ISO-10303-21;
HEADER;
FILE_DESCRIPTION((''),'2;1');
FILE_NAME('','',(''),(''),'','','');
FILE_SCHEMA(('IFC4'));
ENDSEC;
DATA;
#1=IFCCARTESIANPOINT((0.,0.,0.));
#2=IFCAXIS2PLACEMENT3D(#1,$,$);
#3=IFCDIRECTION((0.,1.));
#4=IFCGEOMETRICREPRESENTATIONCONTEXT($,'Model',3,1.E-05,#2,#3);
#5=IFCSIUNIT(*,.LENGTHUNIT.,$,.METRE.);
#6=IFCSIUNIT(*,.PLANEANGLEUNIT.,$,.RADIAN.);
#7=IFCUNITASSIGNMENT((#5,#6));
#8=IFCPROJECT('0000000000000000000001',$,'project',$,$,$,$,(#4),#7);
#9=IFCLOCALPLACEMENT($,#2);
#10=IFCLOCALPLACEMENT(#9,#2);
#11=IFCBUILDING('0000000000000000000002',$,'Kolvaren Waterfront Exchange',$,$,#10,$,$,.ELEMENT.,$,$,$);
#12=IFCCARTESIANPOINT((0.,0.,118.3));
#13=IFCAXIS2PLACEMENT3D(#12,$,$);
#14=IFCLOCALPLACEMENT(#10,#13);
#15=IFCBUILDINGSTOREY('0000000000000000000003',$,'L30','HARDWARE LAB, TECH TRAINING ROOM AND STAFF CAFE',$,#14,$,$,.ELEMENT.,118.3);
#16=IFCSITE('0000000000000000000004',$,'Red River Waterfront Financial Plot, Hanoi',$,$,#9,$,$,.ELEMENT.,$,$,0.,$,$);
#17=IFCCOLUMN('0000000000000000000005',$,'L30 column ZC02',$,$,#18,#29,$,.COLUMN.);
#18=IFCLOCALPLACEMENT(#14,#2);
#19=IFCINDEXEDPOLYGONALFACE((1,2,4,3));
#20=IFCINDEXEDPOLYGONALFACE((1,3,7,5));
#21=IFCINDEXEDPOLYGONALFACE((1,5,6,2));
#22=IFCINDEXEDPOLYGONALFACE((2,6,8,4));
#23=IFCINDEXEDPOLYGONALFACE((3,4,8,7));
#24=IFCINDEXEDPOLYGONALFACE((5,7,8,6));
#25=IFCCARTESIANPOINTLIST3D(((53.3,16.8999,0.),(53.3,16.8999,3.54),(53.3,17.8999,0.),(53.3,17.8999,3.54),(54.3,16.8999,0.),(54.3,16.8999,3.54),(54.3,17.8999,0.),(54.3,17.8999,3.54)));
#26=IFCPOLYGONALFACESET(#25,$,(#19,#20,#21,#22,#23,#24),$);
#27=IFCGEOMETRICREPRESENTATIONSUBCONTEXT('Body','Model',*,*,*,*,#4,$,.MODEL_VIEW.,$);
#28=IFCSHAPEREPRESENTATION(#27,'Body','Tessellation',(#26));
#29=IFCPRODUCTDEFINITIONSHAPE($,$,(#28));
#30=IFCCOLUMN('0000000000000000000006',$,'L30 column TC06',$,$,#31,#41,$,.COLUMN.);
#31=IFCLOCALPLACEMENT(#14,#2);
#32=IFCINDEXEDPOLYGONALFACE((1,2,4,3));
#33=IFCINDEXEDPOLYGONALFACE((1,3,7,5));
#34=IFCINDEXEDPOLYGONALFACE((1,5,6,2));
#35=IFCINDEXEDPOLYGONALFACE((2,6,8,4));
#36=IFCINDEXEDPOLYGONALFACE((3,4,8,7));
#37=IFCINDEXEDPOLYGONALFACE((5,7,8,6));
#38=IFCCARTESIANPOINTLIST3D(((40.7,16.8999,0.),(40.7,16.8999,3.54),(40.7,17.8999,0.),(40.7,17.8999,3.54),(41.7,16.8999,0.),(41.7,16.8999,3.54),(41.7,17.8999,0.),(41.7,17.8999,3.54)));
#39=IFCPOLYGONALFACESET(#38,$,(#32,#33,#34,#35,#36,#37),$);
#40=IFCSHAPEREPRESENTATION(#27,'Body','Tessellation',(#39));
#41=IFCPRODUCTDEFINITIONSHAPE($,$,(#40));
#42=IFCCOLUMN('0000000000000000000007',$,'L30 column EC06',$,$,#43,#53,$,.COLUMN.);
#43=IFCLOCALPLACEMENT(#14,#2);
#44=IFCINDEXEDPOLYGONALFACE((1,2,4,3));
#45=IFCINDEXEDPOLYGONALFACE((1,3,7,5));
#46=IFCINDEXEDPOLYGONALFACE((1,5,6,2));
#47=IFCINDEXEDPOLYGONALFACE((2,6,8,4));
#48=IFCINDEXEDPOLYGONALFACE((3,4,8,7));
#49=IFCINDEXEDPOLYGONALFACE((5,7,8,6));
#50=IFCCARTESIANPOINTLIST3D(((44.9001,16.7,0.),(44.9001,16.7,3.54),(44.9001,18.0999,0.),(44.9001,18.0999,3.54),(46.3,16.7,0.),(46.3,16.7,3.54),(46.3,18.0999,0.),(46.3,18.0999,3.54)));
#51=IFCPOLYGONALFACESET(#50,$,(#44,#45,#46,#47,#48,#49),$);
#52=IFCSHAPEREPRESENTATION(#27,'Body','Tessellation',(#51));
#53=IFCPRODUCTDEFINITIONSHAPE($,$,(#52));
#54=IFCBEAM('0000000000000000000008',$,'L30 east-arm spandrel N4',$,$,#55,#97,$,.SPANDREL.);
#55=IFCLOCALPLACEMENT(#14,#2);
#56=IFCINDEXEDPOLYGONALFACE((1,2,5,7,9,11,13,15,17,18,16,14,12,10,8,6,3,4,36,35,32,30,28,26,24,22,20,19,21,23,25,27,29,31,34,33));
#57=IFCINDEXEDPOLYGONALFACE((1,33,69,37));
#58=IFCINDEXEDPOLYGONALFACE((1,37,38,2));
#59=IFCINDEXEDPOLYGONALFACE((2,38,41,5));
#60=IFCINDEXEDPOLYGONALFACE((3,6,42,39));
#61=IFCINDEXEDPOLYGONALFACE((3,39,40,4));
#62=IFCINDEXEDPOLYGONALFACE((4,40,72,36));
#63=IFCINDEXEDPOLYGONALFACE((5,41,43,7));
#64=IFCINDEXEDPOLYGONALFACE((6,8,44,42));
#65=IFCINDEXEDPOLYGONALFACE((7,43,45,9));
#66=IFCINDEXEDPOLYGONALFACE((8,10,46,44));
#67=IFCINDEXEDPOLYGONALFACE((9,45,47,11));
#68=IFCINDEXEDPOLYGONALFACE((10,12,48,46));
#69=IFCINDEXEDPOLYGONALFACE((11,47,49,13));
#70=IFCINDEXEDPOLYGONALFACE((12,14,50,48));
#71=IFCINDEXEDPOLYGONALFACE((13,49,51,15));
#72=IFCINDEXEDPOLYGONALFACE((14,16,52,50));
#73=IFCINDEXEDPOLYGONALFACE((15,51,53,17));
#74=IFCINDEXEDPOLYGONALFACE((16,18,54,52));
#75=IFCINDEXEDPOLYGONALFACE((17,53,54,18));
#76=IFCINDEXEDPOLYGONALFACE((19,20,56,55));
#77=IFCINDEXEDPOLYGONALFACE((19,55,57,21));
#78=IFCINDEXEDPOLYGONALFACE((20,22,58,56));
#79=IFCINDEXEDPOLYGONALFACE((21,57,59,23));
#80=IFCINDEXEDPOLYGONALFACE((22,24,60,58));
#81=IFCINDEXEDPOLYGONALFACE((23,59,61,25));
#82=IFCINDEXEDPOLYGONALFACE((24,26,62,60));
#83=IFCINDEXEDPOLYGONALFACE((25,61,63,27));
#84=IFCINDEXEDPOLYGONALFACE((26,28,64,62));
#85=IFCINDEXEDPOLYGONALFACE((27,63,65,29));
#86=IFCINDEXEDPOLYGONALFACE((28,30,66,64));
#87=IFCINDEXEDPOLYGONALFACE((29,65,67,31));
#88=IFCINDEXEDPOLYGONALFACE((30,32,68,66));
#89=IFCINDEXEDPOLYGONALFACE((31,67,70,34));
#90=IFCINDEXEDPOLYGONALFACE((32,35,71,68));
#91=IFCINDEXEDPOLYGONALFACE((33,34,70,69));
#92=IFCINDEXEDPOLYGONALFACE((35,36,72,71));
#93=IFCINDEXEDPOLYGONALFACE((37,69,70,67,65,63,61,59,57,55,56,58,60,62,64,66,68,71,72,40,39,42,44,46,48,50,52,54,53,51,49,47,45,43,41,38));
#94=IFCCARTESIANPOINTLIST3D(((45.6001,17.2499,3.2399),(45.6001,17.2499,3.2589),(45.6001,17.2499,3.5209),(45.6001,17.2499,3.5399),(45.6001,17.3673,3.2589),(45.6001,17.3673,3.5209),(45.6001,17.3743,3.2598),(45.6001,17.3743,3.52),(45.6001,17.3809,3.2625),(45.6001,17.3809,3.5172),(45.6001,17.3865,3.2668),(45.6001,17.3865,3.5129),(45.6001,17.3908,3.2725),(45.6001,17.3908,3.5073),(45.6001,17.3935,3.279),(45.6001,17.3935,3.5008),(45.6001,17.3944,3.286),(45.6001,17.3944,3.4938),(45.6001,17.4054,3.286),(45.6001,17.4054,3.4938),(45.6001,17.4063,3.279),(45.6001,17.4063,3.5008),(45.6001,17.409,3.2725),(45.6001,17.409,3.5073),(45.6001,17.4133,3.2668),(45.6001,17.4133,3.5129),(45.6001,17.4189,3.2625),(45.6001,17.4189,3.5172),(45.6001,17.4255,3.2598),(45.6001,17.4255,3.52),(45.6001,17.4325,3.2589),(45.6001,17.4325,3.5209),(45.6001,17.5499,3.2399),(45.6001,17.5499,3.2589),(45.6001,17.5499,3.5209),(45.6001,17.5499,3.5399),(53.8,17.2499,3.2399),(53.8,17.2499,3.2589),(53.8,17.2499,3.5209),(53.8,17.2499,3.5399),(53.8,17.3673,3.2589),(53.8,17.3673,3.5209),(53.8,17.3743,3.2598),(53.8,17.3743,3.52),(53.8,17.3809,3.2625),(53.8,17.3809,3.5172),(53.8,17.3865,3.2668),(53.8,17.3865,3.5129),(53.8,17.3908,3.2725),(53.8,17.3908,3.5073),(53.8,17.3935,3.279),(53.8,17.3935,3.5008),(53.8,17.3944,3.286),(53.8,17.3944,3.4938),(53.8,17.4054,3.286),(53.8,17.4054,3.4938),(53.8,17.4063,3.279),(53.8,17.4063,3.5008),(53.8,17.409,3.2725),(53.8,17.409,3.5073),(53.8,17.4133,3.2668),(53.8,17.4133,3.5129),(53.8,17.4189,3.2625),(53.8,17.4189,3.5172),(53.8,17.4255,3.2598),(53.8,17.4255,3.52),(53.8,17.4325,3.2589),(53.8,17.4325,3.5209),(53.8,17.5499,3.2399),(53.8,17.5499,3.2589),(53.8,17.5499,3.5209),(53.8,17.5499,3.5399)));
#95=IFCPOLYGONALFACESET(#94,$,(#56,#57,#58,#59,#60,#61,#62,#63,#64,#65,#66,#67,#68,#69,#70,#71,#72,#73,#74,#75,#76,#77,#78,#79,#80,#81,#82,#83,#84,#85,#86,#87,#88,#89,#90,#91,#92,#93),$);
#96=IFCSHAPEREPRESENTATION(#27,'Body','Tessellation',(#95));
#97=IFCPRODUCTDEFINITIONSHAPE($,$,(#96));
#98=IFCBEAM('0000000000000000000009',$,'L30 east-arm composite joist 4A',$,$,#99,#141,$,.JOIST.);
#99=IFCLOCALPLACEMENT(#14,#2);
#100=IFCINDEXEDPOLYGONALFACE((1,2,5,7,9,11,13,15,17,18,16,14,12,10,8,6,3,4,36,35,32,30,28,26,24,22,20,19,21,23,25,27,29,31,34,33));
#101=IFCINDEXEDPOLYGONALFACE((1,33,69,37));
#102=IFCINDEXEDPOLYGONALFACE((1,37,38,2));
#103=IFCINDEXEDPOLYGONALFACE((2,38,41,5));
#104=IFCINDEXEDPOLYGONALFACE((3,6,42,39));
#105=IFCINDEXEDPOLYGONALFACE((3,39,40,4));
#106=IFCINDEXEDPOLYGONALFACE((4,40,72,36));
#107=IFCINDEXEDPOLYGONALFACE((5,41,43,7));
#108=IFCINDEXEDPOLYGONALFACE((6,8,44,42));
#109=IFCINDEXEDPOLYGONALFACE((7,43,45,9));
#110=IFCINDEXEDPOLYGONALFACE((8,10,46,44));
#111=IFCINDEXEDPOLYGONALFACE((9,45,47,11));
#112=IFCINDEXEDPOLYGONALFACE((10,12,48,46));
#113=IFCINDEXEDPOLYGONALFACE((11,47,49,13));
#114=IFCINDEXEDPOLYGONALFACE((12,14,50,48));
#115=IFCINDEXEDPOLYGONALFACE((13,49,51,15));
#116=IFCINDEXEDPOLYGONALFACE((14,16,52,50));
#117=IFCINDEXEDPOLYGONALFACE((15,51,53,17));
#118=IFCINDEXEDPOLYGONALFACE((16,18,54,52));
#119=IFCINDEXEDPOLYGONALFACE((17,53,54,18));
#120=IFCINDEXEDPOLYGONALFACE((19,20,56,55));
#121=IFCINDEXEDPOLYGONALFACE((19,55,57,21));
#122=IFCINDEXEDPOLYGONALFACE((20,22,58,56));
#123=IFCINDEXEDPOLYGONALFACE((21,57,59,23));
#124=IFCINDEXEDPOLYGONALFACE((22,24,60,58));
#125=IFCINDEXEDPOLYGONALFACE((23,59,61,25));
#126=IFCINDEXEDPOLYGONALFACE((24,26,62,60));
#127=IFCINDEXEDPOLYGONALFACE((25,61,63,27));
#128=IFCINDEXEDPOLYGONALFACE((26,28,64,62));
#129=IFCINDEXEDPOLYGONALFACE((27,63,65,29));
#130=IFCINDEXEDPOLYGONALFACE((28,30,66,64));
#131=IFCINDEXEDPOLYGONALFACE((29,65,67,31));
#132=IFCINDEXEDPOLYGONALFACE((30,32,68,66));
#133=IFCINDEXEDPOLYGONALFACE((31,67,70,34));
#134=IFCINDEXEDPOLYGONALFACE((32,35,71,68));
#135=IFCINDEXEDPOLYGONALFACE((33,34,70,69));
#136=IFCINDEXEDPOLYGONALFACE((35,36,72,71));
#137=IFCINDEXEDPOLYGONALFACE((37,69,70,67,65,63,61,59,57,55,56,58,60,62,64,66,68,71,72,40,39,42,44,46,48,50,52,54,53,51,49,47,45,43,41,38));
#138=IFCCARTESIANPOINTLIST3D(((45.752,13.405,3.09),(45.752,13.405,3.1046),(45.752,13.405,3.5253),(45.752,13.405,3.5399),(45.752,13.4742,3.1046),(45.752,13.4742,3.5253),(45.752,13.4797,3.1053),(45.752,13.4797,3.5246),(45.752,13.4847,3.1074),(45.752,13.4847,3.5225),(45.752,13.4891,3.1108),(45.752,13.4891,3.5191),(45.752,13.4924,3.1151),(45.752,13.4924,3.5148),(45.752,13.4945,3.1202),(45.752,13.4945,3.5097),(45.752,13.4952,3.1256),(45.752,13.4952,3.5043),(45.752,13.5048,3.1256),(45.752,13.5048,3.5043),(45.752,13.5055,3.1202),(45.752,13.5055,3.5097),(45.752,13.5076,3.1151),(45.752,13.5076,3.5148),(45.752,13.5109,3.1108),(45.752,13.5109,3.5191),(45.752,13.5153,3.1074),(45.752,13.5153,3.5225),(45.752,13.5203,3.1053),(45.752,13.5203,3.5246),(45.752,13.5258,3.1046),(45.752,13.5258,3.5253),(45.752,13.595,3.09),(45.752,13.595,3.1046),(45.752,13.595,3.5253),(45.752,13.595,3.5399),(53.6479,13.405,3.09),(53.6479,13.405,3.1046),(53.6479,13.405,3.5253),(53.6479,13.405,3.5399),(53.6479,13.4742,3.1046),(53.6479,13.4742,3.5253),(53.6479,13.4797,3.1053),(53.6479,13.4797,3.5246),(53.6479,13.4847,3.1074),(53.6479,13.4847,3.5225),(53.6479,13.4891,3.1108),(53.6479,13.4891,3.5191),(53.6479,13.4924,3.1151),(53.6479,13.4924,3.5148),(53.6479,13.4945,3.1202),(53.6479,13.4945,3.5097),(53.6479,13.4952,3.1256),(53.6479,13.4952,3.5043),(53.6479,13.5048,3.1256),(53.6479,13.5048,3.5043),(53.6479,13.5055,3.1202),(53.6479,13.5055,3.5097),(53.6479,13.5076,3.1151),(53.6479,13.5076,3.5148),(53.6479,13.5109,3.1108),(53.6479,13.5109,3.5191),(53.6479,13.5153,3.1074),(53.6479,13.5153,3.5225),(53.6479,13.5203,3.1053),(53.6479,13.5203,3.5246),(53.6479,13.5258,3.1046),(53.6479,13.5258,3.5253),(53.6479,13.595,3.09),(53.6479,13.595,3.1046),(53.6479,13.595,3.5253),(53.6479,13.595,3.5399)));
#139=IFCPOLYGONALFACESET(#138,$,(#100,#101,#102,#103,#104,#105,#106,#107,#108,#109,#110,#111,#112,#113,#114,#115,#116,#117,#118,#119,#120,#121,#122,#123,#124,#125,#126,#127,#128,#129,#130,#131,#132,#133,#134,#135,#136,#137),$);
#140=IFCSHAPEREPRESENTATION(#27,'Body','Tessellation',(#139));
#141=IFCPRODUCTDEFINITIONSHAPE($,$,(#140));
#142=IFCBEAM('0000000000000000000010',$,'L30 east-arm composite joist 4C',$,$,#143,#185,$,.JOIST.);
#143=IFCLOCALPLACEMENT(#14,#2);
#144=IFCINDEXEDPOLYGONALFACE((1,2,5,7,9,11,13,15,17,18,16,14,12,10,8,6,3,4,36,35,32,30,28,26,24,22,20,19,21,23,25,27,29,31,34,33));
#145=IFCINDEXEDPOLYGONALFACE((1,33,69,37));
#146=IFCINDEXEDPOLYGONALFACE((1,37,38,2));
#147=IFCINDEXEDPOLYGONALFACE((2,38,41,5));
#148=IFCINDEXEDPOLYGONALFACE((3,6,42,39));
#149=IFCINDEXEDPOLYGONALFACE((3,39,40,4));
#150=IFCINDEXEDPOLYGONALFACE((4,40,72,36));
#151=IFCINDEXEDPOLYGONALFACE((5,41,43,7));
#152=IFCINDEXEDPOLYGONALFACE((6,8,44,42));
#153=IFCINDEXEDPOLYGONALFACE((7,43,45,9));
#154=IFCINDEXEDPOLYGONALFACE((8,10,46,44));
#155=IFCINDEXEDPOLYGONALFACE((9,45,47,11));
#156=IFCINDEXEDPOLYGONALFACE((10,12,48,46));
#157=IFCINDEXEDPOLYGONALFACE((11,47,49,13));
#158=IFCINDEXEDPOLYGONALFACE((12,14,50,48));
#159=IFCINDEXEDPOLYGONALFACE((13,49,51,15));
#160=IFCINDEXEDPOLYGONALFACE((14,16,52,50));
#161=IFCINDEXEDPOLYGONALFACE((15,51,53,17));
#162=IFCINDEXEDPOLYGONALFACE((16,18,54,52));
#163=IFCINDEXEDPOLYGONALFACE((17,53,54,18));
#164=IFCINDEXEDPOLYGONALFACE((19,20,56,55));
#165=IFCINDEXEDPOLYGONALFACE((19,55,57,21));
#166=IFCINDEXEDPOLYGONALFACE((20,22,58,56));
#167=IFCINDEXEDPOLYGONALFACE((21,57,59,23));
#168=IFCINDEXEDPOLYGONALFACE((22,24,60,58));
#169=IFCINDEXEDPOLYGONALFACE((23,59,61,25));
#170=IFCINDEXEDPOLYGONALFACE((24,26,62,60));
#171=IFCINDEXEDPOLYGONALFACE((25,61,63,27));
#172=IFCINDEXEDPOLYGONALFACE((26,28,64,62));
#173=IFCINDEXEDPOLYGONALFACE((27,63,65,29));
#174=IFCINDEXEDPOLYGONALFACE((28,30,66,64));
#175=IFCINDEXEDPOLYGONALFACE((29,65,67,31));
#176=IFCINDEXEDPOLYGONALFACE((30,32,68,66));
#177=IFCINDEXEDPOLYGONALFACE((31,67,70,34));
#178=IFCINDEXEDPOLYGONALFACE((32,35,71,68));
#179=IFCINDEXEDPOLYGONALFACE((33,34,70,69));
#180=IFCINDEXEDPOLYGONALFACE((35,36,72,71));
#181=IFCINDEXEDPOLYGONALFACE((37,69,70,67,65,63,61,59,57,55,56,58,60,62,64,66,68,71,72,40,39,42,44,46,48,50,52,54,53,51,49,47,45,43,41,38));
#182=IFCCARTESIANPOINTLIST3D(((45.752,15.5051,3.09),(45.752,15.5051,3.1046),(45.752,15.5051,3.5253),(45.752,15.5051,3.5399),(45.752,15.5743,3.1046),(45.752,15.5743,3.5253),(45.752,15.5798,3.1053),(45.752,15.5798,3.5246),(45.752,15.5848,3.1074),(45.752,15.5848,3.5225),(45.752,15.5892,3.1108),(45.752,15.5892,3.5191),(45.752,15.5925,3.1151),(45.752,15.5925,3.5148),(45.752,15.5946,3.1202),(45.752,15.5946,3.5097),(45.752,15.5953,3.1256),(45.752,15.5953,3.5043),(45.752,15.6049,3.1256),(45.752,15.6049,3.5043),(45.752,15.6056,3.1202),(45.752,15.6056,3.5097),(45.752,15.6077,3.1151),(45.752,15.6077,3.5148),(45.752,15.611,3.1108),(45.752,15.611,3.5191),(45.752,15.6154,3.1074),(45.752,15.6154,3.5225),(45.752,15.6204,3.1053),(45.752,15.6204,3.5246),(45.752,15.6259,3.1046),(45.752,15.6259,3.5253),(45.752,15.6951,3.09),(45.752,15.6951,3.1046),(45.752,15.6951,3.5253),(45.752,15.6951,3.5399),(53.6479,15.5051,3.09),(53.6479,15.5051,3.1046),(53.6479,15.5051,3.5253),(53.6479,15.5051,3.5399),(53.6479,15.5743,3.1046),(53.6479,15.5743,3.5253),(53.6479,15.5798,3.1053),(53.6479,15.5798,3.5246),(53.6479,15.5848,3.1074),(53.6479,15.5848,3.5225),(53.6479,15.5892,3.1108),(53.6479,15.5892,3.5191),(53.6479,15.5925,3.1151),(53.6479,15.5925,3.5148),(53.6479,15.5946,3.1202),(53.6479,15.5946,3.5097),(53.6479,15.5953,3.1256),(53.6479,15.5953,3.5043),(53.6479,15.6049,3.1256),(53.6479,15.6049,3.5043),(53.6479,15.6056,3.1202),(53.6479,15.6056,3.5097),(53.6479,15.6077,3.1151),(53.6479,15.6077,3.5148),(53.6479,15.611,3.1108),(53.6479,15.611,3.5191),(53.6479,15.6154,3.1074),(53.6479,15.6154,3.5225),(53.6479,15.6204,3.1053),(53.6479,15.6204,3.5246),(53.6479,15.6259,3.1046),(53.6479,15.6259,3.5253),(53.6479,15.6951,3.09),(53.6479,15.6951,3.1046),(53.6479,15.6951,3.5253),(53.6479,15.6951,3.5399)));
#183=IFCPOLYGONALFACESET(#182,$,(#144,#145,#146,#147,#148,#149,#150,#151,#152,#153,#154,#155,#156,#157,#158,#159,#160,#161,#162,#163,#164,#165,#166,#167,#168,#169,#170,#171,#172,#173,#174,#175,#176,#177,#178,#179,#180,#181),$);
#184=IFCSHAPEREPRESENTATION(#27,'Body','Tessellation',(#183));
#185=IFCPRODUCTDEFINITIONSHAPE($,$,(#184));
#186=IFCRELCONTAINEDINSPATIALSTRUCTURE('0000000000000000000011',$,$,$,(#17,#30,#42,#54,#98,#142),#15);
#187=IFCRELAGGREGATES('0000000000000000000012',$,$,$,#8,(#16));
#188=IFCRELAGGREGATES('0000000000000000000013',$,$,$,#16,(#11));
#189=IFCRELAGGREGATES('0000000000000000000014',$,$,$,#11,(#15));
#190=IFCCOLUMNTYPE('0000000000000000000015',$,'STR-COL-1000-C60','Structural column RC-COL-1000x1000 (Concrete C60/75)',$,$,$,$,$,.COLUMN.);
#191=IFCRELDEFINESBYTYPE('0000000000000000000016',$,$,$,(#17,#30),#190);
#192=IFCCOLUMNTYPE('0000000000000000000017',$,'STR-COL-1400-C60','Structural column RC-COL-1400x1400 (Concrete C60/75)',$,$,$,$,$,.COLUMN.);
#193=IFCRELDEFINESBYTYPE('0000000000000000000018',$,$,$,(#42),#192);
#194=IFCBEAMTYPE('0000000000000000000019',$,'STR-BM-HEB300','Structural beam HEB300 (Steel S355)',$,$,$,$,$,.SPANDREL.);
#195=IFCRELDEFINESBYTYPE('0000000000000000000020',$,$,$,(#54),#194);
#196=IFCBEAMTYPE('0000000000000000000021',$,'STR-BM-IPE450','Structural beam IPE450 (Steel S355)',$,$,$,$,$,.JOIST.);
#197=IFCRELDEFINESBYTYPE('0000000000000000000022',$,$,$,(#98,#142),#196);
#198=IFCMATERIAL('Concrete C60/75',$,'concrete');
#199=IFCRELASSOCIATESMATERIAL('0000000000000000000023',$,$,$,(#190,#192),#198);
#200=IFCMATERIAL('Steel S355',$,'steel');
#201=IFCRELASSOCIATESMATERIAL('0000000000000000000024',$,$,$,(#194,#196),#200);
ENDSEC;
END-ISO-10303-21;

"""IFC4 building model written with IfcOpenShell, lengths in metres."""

from ifc_helpers import new_model, si_unit, direction, frame, origin, origin_2d, place, context, subcontext, project, spatial, rectangle, i_section, extrude, material, material_profile, profile_set, type_object, element, save


model = new_model("IFC4")

# Units and contexts
model_context = context("Model", 3, precision=1e-05, world=origin(), true_north=direction((0.0, 1.0)))
body_context = subcontext(model_context, "Body", "Model", "MODEL_VIEW")
ifc_project = project(units=[si_unit("LENGTHUNIT", "METRE"), si_unit("PLANEANGLEUNIT", "RADIAN")], contexts=[model_context])

# Site, building, storey
site_placement = place(None, origin())
site = spatial("IfcSite", under=ifc_project, at=site_placement, Name="Red River Waterfront Financial Plot, Hanoi", CompositionType="ELEMENT", RefElevation=0.0)
building_placement = place(site_placement, origin())
building = spatial("IfcBuilding", under=site, at=building_placement, Name="Kolvaren Waterfront Exchange", CompositionType="ELEMENT")
storey_placement = place(building_placement, frame((0.0, 0.0, 118.3)))
storey = spatial("IfcBuildingStorey", under=building, at=storey_placement, Name="L30", Description="HARDWARE LAB, TECH TRAINING ROOM AND STAFF CAFE", CompositionType="ELEMENT", Elevation=118.3)

# Columns
ifc_material_1 = material(Name="Concrete C60/75", Category="concrete")
ifc_material_profile_1 = material_profile(ifc_material_1, rectangle(XDim=1.0, YDim=1.0, at=origin_2d()), Name="RC-COL-1000x1000")
ifc_profile_set_1 = profile_set([ifc_material_profile_1], Name="Concrete C60/75")
column_type_1 = type_object("IfcColumnType", Name="STR-COL-1000-C60", Description="Structural column RC-COL-1000x1000 (Concrete C60/75)", PredefinedType="COLUMN", material=ifc_profile_set_1)
for number, where, z_axis, x_axis, name in (
    (1, (53.8, 17.3999, 0.0), (0.0, 0.0, 1.0), (1.0, 0.0, 0.0), "L30 column ZC02"),
    (2, (41.2, 17.3999, 0.0), (0.0, 0.0, 1.0), (1.0, 0.0, 0.0), "L30 column TC06"),
):
    element("IfcColumn", number, at=place(storey_placement, frame(where, z_axis=z_axis, x_axis=x_axis)), inside=storey, type_object=column_type_1, Name=name, PredefinedType="COLUMN", context=body_context, shape_type="SweptSolid", body=[
        extrude(rectangle(XDim=1.0, YDim=1.0, at=origin_2d()), origin(), (0.0, 0.0, 1.0), 3.54),
    ])
ifc_material_profile_2 = material_profile(ifc_material_1, rectangle(XDim=1.3999, YDim=1.3999, at=origin_2d()), Name="RC-COL-1400x1400")
ifc_profile_set_2 = profile_set([ifc_material_profile_2], Name="Concrete C60/75")
column_type_2 = type_object("IfcColumnType", Name="STR-COL-1400-C60", Description="Structural column RC-COL-1400x1400 (Concrete C60/75)", PredefinedType="COLUMN", material=ifc_profile_set_2)
column_placement = place(storey_placement, frame((45.6001, 17.3999, 0.0), z_axis=(0.0, 0.0, 1.0), x_axis=(1.0, 0.0, 0.0)))
element("IfcColumn", 3, at=column_placement, inside=storey, type_object=column_type_2, Name="L30 column EC06", PredefinedType="COLUMN", context=body_context, shape_type="SweptSolid", body=[
    extrude(rectangle(XDim=1.3999, YDim=1.3999, at=origin_2d()), origin(), (0.0, 0.0, 1.0), 3.54),
])

# Beams
ifc_material_2 = material(Name="Steel S355", Category="steel")
ifc_material_profile_3 = material_profile(ifc_material_2, i_section(OverallWidth=0.3, OverallDepth=0.3, WebThickness=0.011, FlangeThickness=0.019, FilletRadius=0.0271, at=origin_2d()), Name="HEB300")
ifc_profile_set_3 = profile_set([ifc_material_profile_3], Name="Steel S355")
beam_type_1 = type_object("IfcBeamType", Name="STR-BM-HEB300", Description="Structural beam HEB300 (Steel S355)", PredefinedType="SPANDREL", material=ifc_profile_set_3)
beam_placement = place(storey_placement, frame((45.6001, 17.3999, 3.3899), z_axis=(1.0, 0.0, 0.0), x_axis=(0.0, 1.0, 0.0)))
element("IfcBeam", 4, at=beam_placement, inside=storey, type_object=beam_type_1, Name="L30 east-arm spandrel N4", PredefinedType="SPANDREL", context=body_context, shape_type="SweptSolid", body=[
    extrude(i_section(OverallWidth=0.3, OverallDepth=0.3, WebThickness=0.011, FlangeThickness=0.019, FilletRadius=0.0271, at=origin_2d()), origin(), (0.0, 0.0, 1.0), 8.2),
])
ifc_material_profile_4 = material_profile(ifc_material_2, i_section(OverallWidth=0.1899, OverallDepth=0.45, WebThickness=0.0095, FlangeThickness=0.0146, FilletRadius=0.021, at=origin_2d()), Name="IPE450")
ifc_profile_set_4 = profile_set([ifc_material_profile_4], Name="Steel S355")
beam_type_2 = type_object("IfcBeamType", Name="STR-BM-IPE450", Description="Structural beam IPE450 (Steel S355)", PredefinedType="JOIST", material=ifc_profile_set_4)
for number, where, z_axis, x_axis, name in (
    (5, (45.752, 13.5, 3.3149), (1.0, 0.0, 0.0), (0.0, 1.0, 0.0), "L30 east-arm composite joist 4A"),
    (6, (45.752, 15.6001, 3.3149), (1.0, 0.0, 0.0), (0.0, 1.0, 0.0), "L30 east-arm composite joist 4C"),
):
    element("IfcBeam", number, at=place(storey_placement, frame(where, z_axis=z_axis, x_axis=x_axis)), inside=storey, type_object=beam_type_2, Name=name, PredefinedType="JOIST", context=body_context, shape_type="SweptSolid", body=[
        extrude(i_section(OverallWidth=0.1899, OverallDepth=0.45, WebThickness=0.0095, FlangeThickness=0.0146, FilletRadius=0.021, at=origin_2d()), origin(), (0.0, 0.0, 1.0), 7.896),
    ])

save(model, "model.ifc")
